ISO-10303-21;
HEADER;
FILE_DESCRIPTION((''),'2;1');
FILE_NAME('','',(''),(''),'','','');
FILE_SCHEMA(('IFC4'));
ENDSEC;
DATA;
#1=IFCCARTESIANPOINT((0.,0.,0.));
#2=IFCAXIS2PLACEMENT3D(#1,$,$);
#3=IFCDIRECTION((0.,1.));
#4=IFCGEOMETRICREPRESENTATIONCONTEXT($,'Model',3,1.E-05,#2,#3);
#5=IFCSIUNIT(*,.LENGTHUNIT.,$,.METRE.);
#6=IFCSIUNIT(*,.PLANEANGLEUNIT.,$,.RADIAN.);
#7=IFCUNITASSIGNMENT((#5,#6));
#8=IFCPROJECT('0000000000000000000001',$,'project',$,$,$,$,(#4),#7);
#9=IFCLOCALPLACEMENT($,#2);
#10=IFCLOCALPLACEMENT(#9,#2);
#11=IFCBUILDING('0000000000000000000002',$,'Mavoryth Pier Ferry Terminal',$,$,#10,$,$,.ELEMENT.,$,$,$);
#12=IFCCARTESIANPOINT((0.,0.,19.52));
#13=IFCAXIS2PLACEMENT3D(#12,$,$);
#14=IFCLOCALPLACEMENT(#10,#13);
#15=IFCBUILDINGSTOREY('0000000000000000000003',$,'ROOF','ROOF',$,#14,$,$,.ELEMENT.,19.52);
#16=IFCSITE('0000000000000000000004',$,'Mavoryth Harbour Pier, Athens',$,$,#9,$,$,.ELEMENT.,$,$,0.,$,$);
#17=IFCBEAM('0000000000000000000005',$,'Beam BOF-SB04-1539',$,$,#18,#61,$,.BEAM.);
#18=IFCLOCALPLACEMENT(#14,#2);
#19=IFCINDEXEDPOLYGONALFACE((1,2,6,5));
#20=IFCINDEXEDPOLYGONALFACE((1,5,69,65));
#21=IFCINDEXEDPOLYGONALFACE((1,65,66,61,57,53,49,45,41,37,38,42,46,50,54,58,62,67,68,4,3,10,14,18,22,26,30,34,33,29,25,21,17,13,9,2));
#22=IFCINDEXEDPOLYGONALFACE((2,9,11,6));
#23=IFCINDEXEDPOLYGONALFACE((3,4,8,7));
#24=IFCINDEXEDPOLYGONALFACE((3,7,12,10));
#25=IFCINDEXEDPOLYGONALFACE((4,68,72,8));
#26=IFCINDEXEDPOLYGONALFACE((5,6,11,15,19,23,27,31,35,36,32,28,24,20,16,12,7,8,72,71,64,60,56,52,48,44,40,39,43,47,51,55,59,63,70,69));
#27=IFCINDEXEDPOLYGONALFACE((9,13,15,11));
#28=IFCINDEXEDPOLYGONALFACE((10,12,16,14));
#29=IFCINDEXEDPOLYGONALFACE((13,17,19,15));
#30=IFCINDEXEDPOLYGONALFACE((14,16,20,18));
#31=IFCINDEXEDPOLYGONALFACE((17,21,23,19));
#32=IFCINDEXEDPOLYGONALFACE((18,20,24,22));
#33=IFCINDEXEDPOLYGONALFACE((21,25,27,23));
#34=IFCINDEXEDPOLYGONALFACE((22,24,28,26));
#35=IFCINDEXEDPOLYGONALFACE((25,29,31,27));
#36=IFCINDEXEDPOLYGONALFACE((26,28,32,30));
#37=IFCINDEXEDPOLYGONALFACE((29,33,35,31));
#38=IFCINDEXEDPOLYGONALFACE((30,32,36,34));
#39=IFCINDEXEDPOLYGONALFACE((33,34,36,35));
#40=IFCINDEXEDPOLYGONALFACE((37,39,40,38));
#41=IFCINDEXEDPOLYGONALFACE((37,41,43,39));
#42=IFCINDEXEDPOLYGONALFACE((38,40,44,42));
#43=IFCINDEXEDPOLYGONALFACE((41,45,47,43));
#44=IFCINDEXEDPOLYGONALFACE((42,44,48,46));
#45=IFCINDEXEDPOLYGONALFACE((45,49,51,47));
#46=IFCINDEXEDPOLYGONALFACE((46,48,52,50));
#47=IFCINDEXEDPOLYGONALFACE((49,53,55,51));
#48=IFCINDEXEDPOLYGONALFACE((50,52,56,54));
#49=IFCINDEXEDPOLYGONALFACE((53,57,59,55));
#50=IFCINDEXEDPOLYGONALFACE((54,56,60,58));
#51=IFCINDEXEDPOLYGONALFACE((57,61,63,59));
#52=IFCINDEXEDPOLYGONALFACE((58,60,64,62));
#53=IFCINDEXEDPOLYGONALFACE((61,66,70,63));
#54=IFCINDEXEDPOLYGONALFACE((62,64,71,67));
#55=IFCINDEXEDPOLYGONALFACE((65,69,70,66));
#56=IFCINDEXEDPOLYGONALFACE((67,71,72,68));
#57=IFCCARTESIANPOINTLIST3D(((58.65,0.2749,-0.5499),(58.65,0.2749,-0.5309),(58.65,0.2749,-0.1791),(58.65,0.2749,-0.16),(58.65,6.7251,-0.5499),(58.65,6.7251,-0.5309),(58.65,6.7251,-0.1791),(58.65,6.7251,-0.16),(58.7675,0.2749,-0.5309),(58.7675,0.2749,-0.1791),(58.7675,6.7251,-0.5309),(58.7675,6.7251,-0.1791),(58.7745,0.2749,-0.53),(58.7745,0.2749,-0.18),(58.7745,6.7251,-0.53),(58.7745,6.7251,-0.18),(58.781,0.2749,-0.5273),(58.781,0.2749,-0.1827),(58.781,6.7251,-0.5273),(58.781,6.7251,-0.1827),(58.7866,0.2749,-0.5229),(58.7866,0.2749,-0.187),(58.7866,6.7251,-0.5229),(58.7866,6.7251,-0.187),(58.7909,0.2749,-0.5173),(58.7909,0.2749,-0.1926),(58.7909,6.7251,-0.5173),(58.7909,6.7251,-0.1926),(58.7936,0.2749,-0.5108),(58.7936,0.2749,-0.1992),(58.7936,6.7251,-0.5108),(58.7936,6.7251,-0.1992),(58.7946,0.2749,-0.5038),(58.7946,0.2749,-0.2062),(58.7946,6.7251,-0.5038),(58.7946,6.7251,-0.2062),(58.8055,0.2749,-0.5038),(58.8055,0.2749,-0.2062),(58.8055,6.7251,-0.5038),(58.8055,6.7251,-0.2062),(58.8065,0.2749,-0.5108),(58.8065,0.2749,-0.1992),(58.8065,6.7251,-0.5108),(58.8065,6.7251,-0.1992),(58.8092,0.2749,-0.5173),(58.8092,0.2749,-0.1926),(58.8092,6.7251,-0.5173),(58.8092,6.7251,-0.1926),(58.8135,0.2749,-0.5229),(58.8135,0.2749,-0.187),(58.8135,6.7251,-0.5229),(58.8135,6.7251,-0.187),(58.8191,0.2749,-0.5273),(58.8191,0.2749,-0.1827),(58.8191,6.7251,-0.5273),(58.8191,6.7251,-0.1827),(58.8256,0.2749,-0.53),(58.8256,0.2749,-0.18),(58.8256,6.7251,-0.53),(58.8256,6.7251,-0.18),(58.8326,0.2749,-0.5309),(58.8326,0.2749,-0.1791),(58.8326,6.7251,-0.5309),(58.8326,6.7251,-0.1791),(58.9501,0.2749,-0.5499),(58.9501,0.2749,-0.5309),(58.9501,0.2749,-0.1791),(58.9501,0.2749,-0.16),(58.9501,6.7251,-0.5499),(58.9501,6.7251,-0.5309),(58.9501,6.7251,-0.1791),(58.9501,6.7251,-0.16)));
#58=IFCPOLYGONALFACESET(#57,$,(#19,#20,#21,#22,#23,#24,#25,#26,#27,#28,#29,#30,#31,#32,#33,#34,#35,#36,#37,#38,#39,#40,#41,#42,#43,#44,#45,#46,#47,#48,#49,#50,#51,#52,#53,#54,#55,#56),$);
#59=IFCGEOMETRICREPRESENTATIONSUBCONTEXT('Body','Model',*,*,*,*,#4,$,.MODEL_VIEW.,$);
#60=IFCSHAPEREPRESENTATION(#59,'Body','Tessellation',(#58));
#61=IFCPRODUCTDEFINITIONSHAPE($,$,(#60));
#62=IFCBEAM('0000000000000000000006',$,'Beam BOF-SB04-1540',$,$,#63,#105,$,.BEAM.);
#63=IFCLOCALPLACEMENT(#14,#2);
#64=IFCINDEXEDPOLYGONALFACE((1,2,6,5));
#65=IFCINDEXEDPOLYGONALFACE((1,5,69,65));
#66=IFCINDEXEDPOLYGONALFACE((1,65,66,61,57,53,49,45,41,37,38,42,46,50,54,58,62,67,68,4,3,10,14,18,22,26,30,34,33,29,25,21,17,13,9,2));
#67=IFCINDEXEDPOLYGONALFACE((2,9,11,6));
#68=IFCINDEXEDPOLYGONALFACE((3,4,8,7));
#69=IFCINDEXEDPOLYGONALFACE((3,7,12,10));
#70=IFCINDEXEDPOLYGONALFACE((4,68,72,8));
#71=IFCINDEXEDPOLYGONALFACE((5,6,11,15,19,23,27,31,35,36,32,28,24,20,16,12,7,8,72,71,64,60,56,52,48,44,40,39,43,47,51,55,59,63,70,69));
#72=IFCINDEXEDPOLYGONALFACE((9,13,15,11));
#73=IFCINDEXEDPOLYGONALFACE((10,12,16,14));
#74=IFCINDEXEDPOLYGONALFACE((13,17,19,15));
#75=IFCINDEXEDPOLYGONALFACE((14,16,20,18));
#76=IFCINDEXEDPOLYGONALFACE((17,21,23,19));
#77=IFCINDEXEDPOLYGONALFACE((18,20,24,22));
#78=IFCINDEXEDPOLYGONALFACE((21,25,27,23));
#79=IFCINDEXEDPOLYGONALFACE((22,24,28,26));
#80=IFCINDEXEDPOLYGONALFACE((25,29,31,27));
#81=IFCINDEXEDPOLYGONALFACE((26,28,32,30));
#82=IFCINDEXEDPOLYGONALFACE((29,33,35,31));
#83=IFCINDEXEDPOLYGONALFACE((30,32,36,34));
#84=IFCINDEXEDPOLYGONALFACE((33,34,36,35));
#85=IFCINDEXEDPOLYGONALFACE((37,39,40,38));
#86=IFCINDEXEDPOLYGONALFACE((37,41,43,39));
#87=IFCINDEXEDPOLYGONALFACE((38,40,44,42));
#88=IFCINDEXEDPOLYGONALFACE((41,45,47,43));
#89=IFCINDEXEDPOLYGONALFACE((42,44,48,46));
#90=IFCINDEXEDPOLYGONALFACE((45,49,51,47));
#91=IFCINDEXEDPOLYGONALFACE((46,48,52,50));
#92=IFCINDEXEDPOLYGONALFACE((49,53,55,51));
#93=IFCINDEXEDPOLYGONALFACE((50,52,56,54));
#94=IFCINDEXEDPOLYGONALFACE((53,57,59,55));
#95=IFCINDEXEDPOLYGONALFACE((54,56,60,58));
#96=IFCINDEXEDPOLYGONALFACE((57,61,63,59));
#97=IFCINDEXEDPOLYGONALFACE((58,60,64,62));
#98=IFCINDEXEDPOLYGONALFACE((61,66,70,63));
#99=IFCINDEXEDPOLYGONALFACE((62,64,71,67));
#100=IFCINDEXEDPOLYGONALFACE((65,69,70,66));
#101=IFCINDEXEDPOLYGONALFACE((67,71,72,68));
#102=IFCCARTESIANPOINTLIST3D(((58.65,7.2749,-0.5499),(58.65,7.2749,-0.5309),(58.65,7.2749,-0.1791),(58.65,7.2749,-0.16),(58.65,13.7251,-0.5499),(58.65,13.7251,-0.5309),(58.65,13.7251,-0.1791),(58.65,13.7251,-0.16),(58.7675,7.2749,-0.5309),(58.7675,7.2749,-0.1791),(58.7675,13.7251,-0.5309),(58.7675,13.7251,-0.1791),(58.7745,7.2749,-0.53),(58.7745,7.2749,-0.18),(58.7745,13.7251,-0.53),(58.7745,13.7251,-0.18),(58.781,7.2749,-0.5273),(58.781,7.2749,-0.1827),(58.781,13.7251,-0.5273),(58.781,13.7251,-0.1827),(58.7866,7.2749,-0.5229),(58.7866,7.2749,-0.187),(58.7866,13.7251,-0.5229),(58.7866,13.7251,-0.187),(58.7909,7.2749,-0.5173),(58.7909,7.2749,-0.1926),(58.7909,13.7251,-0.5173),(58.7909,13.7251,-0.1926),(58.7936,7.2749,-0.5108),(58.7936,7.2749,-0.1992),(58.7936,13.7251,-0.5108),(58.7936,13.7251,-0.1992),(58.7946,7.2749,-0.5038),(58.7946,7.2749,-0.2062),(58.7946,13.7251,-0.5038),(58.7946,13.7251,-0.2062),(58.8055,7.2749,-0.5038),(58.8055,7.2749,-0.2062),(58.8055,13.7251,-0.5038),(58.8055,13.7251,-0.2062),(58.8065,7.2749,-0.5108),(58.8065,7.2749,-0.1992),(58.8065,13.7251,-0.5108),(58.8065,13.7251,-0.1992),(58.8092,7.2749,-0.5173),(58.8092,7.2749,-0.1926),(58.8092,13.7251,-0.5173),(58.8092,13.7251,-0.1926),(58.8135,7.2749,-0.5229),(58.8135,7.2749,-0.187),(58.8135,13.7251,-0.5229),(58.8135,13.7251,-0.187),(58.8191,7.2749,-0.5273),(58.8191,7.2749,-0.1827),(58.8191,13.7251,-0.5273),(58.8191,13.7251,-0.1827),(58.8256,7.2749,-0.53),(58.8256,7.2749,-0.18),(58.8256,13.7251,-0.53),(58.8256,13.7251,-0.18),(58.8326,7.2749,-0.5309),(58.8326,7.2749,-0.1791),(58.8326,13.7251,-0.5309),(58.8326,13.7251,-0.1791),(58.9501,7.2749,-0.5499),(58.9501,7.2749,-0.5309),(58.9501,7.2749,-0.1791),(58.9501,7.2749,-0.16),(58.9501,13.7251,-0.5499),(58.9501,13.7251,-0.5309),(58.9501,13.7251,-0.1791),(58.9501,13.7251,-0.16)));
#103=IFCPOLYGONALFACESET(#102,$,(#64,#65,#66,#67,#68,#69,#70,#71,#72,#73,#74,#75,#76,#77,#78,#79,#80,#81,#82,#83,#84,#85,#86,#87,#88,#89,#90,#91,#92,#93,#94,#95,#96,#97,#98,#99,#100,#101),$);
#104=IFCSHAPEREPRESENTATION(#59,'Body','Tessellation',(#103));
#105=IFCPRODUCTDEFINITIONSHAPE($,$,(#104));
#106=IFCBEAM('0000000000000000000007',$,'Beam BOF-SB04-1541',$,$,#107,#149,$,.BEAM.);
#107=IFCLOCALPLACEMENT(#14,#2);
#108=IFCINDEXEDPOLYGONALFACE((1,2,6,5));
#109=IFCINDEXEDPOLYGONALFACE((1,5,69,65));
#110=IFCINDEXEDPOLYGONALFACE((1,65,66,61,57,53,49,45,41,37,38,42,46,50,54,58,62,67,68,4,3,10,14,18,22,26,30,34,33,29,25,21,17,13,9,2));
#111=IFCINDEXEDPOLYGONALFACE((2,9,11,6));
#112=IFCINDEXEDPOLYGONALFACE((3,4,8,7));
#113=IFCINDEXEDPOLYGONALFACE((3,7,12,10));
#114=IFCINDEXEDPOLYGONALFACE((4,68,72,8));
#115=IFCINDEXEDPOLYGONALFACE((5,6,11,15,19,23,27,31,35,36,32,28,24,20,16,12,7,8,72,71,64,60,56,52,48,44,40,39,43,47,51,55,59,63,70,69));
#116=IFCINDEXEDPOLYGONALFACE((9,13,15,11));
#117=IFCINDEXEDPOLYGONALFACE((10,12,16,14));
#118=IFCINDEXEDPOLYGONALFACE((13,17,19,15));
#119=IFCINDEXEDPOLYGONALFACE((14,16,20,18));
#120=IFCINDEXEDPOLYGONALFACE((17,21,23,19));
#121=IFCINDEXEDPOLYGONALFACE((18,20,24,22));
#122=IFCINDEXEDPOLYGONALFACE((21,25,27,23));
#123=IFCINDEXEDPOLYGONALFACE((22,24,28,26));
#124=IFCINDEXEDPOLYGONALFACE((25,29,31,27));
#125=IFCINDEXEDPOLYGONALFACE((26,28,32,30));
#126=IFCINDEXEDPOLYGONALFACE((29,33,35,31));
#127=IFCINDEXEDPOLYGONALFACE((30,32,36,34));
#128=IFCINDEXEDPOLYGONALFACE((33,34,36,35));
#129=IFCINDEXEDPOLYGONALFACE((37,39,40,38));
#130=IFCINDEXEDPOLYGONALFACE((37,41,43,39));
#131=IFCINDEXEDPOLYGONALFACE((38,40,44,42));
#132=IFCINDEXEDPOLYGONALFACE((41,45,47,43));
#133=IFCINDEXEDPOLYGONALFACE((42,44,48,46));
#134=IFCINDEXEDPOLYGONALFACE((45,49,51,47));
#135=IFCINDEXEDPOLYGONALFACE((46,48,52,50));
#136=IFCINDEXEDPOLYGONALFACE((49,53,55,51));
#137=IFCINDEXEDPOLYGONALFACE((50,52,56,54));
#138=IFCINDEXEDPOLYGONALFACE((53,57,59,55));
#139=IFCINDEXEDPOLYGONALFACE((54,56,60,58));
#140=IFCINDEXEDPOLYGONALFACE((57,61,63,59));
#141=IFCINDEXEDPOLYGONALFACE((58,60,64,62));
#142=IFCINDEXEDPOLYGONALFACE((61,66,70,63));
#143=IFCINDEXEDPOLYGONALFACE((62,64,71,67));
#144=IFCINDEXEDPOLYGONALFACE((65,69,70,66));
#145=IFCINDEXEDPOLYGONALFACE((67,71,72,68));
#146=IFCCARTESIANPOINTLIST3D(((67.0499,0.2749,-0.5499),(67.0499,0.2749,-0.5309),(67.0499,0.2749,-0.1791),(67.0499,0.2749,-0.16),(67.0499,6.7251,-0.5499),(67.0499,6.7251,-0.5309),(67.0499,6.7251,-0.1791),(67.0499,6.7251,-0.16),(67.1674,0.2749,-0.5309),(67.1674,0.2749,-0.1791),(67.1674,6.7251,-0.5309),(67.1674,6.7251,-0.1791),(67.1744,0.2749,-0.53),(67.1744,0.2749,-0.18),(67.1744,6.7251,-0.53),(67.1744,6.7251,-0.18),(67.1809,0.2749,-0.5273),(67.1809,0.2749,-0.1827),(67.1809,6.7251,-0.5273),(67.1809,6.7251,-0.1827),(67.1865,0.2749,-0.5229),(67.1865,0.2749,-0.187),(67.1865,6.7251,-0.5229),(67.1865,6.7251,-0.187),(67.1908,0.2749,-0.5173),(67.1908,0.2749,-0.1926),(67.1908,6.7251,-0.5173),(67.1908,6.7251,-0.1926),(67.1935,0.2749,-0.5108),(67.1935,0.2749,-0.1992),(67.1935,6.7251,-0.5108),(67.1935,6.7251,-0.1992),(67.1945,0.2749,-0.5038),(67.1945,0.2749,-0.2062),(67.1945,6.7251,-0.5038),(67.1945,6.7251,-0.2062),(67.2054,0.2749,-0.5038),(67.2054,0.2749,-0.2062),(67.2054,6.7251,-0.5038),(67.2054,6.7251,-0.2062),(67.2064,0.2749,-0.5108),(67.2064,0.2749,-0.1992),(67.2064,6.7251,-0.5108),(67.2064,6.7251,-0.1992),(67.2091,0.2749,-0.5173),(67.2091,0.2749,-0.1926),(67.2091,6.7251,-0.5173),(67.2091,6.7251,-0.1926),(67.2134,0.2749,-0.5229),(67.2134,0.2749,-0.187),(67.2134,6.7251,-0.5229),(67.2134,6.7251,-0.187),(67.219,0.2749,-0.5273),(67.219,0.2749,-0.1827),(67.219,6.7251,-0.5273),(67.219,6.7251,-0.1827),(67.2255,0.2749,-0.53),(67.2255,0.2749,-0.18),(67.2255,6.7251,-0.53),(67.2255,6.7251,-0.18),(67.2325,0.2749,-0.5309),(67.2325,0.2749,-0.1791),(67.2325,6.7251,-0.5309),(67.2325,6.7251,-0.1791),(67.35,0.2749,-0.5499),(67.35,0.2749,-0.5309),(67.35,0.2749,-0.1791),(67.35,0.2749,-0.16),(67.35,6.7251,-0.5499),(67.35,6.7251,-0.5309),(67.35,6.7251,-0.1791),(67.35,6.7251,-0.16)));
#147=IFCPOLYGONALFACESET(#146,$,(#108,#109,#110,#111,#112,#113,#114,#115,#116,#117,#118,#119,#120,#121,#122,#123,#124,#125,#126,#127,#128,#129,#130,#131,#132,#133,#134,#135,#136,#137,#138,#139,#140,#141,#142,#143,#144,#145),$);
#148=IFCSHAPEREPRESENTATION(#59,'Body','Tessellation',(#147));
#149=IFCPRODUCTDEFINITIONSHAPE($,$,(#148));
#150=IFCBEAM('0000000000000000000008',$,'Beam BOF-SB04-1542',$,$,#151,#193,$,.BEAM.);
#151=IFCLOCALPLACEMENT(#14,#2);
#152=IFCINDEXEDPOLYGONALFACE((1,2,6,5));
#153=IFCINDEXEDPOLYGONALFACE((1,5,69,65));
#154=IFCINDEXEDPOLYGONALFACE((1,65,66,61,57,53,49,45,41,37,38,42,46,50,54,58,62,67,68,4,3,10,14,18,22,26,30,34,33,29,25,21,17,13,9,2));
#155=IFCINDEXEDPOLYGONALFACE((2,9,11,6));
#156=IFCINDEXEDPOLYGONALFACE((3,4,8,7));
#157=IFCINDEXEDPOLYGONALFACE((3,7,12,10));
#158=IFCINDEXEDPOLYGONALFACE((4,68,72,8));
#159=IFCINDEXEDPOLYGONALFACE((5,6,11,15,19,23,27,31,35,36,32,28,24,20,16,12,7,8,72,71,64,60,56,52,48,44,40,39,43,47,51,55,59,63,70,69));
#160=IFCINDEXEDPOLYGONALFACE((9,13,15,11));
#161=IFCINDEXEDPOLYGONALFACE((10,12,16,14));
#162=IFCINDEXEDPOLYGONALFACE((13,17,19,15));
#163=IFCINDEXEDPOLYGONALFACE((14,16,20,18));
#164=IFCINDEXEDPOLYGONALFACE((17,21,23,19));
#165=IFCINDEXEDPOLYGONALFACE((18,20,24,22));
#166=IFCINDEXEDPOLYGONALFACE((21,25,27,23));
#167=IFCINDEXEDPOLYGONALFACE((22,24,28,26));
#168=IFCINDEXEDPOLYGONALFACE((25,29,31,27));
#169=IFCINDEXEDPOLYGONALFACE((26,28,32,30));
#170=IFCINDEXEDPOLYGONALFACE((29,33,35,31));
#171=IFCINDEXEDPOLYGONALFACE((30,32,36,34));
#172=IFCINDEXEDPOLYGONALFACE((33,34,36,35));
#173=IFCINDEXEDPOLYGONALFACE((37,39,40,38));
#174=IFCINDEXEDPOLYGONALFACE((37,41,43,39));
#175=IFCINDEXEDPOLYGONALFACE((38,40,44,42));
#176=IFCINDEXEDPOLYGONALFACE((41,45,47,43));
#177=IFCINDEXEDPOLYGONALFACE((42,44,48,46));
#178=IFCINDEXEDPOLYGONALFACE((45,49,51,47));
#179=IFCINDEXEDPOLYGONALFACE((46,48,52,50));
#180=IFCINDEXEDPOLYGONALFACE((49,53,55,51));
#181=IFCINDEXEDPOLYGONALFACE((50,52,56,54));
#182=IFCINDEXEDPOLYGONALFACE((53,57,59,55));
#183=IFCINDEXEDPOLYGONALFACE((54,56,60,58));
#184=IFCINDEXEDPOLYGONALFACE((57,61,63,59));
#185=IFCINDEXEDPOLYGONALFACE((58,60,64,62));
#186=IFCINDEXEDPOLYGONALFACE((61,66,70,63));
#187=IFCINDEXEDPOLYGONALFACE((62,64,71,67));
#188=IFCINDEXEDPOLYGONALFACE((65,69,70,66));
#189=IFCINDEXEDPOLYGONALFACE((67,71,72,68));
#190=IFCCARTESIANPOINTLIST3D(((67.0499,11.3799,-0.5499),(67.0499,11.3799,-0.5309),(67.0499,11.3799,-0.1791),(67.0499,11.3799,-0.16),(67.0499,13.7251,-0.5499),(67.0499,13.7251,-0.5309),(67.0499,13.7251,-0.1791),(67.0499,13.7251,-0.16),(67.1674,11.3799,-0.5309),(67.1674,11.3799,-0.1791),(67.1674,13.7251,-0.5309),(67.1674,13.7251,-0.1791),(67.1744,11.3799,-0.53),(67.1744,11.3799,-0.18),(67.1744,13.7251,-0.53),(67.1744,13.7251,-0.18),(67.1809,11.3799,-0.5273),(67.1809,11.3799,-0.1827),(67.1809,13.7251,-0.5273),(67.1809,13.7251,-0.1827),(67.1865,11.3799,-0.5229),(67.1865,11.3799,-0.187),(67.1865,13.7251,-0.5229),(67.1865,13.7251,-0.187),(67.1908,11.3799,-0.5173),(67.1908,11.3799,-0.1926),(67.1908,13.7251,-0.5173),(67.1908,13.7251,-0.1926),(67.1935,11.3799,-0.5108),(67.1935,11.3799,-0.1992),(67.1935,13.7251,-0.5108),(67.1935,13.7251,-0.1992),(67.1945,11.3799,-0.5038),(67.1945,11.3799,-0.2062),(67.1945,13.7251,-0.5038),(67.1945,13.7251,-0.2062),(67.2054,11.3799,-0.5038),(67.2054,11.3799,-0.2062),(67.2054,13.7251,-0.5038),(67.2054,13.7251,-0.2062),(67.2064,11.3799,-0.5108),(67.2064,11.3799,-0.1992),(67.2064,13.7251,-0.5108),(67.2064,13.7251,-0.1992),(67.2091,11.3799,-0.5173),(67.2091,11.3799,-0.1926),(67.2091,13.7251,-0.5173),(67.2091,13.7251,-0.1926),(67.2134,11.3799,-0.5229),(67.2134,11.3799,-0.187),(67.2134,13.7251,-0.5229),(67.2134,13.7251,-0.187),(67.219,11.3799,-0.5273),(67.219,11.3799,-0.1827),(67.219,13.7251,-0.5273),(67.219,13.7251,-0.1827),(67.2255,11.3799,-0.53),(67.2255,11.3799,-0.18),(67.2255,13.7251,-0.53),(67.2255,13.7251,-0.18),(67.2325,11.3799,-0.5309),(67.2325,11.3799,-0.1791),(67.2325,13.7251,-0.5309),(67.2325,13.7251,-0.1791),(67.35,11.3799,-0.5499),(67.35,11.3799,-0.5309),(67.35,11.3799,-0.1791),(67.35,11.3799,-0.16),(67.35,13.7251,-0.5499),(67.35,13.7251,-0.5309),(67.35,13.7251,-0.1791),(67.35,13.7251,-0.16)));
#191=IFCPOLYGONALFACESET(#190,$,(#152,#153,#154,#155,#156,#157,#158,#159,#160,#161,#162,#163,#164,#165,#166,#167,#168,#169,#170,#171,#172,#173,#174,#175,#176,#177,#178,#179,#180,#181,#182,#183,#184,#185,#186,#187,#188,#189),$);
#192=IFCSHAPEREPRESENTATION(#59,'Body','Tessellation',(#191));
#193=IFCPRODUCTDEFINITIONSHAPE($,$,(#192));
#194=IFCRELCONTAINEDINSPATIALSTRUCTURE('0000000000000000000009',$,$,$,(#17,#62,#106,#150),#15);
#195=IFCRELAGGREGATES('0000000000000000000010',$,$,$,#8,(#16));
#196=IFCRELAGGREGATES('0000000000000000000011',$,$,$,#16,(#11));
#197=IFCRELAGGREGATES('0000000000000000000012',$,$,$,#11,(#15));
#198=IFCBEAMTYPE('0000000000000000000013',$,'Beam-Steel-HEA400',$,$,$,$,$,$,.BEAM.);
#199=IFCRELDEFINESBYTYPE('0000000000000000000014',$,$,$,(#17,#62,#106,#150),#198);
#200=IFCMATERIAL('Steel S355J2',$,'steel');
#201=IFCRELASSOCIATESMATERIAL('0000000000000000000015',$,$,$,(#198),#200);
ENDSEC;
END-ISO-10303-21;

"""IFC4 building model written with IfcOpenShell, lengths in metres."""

from ifc_helpers import new_model, si_unit, direction, frame, origin, origin_2d, place, context, subcontext, project, spatial, i_section, extrude, material, material_profile, profile_set, type_object, element, save


model = new_model("IFC4")

# Units and contexts
model_context = context("Model", 3, precision=1e-05, world=origin(), true_north=direction((0.0, 1.0)))
body_context = subcontext(model_context, "Body", "Model", "MODEL_VIEW")
ifc_project = project(units=[si_unit("LENGTHUNIT", "METRE"), si_unit("PLANEANGLEUNIT", "RADIAN")], contexts=[model_context])

# Site, building, storey
site_placement = place(None, origin())
site = spatial("IfcSite", under=ifc_project, at=site_placement, Name="Mavoryth Harbour Pier, Athens", CompositionType="ELEMENT", RefElevation=0.0)
building_placement = place(site_placement, origin())
building = spatial("IfcBuilding", under=site, at=building_placement, Name="Mavoryth Pier Ferry Terminal", CompositionType="ELEMENT")
storey_placement = place(building_placement, frame((0.0, 0.0, 19.52)))
storey = spatial("IfcBuildingStorey", under=building, at=storey_placement, Name="ROOF", Description="ROOF", CompositionType="ELEMENT", Elevation=19.52)

# Beams
ifc_material_1 = material(Name="Steel S355J2", Category="steel")
ifc_material_profile_1 = material_profile(ifc_material_1, i_section(OverallWidth=0.3, OverallDepth=0.3899, WebThickness=0.011, FlangeThickness=0.019, FilletRadius=0.0271, at=origin_2d()), Name="HEA 400", Category="steel")
ifc_profile_set_1 = profile_set([ifc_material_profile_1], Name="Steel S355J2 - HEA 400")
beam_type_1 = type_object("IfcBeamType", Name="Beam-Steel-HEA400", PredefinedType="BEAM", material=ifc_profile_set_1)
for number, where, z_axis, x_axis, name in (
    (1, (58.8, 0.2749, -0.355), (0.0, 1.0, 0.0), (-1.0, 0.0, 0.0), "Beam BOF-SB04-1539"),
    (2, (58.8, 7.2749, -0.355), (0.0, 1.0, 0.0), (-1.0, 0.0, 0.0), "Beam BOF-SB04-1540"),
    (3, (67.2, 0.2749, -0.355), (0.0, 1.0, 0.0), (-1.0, 0.0, 0.0), "Beam BOF-SB04-1541"),
):
    element("IfcBeam", number, at=place(storey_placement, frame(where, z_axis=z_axis, x_axis=x_axis)), inside=storey, type_object=beam_type_1, Name=name, PredefinedType="BEAM", context=body_context, shape_type="SweptSolid", body=[
        extrude(i_section(OverallWidth=0.3, OverallDepth=0.3899, WebThickness=0.011, FlangeThickness=0.019, FilletRadius=0.0271, at=origin_2d()), origin(), (0.0, 0.0, 1.0), 6.4502),
    ])
beam_1_placement = place(storey_placement, frame((67.2, 11.3799, -0.355), z_axis=(0.0, 1.0, 0.0), x_axis=(-1.0, 0.0, 0.0)))
element("IfcBeam", 4, at=beam_1_placement, inside=storey, type_object=beam_type_1, Name="Beam BOF-SB04-1542", PredefinedType="BEAM", context=body_context, shape_type="SweptSolid", body=[
    extrude(i_section(OverallWidth=0.3, OverallDepth=0.3899, WebThickness=0.011, FlangeThickness=0.019, FilletRadius=0.0271, at=origin_2d()), origin(), (0.0, 0.0, 1.0), 2.3452),
])

save(model, "model.ifc")
